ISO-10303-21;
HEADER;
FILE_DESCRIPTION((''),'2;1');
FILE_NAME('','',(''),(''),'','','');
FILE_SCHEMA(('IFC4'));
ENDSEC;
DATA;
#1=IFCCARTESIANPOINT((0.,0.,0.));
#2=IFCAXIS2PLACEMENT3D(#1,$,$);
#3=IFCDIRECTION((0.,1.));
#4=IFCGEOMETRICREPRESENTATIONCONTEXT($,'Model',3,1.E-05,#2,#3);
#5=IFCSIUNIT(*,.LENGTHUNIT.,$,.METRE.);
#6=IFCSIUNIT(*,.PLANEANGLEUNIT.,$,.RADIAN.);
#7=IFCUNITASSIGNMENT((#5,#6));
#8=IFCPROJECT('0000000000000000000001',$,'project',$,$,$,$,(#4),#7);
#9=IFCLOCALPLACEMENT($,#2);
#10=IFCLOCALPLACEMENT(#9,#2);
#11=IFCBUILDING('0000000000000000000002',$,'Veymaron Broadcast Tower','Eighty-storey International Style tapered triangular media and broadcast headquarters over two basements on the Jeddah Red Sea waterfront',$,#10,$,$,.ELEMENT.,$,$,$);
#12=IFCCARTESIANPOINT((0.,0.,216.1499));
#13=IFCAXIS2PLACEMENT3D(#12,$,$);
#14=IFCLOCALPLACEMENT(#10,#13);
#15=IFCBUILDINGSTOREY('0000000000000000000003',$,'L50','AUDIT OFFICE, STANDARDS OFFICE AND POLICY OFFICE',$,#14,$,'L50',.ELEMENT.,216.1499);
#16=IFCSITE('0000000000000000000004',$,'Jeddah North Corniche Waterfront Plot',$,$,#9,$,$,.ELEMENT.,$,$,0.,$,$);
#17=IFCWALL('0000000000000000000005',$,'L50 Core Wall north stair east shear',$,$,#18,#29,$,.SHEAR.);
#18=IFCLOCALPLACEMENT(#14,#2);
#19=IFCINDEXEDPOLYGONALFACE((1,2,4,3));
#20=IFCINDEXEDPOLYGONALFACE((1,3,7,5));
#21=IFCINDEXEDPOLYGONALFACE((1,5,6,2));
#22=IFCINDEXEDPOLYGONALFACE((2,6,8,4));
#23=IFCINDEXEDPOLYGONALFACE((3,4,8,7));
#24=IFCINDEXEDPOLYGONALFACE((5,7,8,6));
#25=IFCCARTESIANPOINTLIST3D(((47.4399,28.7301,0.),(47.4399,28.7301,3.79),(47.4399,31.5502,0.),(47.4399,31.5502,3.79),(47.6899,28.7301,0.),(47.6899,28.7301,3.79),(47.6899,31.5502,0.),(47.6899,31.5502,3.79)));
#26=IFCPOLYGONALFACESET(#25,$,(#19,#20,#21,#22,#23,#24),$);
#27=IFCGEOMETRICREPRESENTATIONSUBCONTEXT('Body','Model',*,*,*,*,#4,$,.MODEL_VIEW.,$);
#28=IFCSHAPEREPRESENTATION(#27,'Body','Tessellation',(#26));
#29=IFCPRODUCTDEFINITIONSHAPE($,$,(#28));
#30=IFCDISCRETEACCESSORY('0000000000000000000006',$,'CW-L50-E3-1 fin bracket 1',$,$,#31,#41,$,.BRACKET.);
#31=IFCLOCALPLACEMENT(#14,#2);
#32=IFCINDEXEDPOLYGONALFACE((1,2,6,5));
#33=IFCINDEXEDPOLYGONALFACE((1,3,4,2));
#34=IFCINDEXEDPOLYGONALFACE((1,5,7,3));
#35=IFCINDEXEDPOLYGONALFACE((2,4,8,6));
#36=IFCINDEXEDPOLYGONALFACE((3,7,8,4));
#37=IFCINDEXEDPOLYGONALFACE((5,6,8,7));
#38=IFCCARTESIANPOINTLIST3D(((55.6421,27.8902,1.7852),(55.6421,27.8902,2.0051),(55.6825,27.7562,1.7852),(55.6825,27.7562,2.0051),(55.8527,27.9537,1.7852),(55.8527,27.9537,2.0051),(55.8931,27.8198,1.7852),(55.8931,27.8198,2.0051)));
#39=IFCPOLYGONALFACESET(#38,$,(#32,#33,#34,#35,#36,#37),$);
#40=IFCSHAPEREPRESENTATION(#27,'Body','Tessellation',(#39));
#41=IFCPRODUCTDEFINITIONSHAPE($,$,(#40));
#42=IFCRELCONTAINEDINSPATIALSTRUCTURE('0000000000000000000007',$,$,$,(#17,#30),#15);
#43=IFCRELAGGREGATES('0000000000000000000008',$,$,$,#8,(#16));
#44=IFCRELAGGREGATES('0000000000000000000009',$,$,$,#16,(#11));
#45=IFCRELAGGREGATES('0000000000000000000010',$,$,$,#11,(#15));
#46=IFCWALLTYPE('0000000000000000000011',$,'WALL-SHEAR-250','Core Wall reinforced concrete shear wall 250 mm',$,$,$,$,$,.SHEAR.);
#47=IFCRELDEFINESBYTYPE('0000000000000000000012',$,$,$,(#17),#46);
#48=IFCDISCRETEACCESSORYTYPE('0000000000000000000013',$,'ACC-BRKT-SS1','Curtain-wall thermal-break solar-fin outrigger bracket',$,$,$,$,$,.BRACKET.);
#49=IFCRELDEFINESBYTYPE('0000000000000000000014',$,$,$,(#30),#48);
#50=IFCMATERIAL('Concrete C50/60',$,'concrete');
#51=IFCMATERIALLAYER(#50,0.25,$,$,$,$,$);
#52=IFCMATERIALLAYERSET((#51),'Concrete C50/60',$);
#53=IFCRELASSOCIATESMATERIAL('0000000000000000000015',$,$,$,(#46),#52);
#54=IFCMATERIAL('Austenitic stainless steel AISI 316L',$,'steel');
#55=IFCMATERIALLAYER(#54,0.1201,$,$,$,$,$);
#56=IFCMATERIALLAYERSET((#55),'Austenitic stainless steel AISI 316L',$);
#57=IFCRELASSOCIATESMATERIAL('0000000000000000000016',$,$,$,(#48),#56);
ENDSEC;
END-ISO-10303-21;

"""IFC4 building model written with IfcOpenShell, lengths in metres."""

from ifc_helpers import new_model, si_unit, direction, frame, frame_2d, origin, origin_2d, place, context, subcontext, project, spatial, rectangle, extrude, material, layer, layer_set, type_object, element, save


model = new_model("IFC4")

# Units and contexts
model_context = context("Model", 3, precision=1e-05, world=origin(), true_north=direction((0.0, 1.0)))
body_context = subcontext(model_context, "Body", "Model", "MODEL_VIEW")
ifc_project = project(units=[si_unit("LENGTHUNIT", "METRE"), si_unit("PLANEANGLEUNIT", "RADIAN")], contexts=[model_context])

# Site, building, storey
site_placement = place(None, origin())
site = spatial("IfcSite", under=ifc_project, at=site_placement, Name="Jeddah North Corniche Waterfront Plot", CompositionType="ELEMENT", RefElevation=0.0)
building_placement = place(site_placement, origin())
building = spatial("IfcBuilding", under=site, at=building_placement, Name="Veymaron Broadcast Tower", Description="Eighty-storey International Style tapered triangular media and broadcast headquarters over two basements on the Jeddah Red Sea waterfront", CompositionType="ELEMENT")
storey_placement = place(building_placement, frame((0.0, 0.0, 216.1499)))
storey = spatial("IfcBuildingStorey", under=building, at=storey_placement, Name="L50", Description="AUDIT OFFICE, STANDARDS OFFICE AND POLICY OFFICE", LongName="L50", CompositionType="ELEMENT", Elevation=216.1499)

# Wall
ifc_material_1 = material(Name="Concrete C50/60", Category="concrete")
ifc_layer_1 = layer(ifc_material_1, 0.25)
ifc_layer_set_1 = layer_set([ifc_layer_1], Name="Concrete C50/60")
wall_type_1 = type_object("IfcWallType", Name="WALL-SHEAR-250", Description="Core Wall reinforced concrete shear wall 250 mm", PredefinedType="SHEAR", material=ifc_layer_set_1)
wall_1_placement = place(storey_placement, frame((47.5649, 28.73, 0.0), z_axis=(0.0, 0.0, 1.0), x_axis=(0.0, 1.0, 0.0)))
element("IfcWall", 1, at=wall_1_placement, inside=storey, type_object=wall_type_1, Name="L50 Core Wall north stair east shear", PredefinedType="SHEAR", context=body_context, shape_type="SweptSolid", body=[
    extrude(rectangle(XDim=2.8201, YDim=0.25, at=frame_2d((1.4102, 0.0))), origin(), (0.0, 0.0, 1.0), 3.79),
])

# Discrete accessory
ifc_material_2 = material(Name="Austenitic stainless steel AISI 316L", Category="steel")
ifc_layer_2 = layer(ifc_material_2, 0.1201)
ifc_layer_set_2 = layer_set([ifc_layer_2], Name="Austenitic stainless steel AISI 316L")
discrete_accessory_type = type_object("IfcDiscreteAccessoryType", Name="ACC-BRKT-SS1", Description="Curtain-wall thermal-break solar-fin outrigger bracket", PredefinedType="BRACKET", material=ifc_layer_set_2)
discrete_accessory_placement = place(storey_placement, frame((55.7676, 27.855, 1.7852), z_axis=(0.0, 0.0, 1.0), x_axis=(0.95733, 0.288998, 0.0)))
element("IfcDiscreteAccessory", 2, at=discrete_accessory_placement, inside=storey, type_object=discrete_accessory_type, Name="CW-L50-E3-1 fin bracket 1", PredefinedType="BRACKET", context=body_context, shape_type="SweptSolid", body=[
    extrude(rectangle(XDim=0.22, YDim=0.1399, at=origin_2d()), origin(), (0.0, 0.0, 1.0), 0.22),
])

save(model, "model.ifc")
